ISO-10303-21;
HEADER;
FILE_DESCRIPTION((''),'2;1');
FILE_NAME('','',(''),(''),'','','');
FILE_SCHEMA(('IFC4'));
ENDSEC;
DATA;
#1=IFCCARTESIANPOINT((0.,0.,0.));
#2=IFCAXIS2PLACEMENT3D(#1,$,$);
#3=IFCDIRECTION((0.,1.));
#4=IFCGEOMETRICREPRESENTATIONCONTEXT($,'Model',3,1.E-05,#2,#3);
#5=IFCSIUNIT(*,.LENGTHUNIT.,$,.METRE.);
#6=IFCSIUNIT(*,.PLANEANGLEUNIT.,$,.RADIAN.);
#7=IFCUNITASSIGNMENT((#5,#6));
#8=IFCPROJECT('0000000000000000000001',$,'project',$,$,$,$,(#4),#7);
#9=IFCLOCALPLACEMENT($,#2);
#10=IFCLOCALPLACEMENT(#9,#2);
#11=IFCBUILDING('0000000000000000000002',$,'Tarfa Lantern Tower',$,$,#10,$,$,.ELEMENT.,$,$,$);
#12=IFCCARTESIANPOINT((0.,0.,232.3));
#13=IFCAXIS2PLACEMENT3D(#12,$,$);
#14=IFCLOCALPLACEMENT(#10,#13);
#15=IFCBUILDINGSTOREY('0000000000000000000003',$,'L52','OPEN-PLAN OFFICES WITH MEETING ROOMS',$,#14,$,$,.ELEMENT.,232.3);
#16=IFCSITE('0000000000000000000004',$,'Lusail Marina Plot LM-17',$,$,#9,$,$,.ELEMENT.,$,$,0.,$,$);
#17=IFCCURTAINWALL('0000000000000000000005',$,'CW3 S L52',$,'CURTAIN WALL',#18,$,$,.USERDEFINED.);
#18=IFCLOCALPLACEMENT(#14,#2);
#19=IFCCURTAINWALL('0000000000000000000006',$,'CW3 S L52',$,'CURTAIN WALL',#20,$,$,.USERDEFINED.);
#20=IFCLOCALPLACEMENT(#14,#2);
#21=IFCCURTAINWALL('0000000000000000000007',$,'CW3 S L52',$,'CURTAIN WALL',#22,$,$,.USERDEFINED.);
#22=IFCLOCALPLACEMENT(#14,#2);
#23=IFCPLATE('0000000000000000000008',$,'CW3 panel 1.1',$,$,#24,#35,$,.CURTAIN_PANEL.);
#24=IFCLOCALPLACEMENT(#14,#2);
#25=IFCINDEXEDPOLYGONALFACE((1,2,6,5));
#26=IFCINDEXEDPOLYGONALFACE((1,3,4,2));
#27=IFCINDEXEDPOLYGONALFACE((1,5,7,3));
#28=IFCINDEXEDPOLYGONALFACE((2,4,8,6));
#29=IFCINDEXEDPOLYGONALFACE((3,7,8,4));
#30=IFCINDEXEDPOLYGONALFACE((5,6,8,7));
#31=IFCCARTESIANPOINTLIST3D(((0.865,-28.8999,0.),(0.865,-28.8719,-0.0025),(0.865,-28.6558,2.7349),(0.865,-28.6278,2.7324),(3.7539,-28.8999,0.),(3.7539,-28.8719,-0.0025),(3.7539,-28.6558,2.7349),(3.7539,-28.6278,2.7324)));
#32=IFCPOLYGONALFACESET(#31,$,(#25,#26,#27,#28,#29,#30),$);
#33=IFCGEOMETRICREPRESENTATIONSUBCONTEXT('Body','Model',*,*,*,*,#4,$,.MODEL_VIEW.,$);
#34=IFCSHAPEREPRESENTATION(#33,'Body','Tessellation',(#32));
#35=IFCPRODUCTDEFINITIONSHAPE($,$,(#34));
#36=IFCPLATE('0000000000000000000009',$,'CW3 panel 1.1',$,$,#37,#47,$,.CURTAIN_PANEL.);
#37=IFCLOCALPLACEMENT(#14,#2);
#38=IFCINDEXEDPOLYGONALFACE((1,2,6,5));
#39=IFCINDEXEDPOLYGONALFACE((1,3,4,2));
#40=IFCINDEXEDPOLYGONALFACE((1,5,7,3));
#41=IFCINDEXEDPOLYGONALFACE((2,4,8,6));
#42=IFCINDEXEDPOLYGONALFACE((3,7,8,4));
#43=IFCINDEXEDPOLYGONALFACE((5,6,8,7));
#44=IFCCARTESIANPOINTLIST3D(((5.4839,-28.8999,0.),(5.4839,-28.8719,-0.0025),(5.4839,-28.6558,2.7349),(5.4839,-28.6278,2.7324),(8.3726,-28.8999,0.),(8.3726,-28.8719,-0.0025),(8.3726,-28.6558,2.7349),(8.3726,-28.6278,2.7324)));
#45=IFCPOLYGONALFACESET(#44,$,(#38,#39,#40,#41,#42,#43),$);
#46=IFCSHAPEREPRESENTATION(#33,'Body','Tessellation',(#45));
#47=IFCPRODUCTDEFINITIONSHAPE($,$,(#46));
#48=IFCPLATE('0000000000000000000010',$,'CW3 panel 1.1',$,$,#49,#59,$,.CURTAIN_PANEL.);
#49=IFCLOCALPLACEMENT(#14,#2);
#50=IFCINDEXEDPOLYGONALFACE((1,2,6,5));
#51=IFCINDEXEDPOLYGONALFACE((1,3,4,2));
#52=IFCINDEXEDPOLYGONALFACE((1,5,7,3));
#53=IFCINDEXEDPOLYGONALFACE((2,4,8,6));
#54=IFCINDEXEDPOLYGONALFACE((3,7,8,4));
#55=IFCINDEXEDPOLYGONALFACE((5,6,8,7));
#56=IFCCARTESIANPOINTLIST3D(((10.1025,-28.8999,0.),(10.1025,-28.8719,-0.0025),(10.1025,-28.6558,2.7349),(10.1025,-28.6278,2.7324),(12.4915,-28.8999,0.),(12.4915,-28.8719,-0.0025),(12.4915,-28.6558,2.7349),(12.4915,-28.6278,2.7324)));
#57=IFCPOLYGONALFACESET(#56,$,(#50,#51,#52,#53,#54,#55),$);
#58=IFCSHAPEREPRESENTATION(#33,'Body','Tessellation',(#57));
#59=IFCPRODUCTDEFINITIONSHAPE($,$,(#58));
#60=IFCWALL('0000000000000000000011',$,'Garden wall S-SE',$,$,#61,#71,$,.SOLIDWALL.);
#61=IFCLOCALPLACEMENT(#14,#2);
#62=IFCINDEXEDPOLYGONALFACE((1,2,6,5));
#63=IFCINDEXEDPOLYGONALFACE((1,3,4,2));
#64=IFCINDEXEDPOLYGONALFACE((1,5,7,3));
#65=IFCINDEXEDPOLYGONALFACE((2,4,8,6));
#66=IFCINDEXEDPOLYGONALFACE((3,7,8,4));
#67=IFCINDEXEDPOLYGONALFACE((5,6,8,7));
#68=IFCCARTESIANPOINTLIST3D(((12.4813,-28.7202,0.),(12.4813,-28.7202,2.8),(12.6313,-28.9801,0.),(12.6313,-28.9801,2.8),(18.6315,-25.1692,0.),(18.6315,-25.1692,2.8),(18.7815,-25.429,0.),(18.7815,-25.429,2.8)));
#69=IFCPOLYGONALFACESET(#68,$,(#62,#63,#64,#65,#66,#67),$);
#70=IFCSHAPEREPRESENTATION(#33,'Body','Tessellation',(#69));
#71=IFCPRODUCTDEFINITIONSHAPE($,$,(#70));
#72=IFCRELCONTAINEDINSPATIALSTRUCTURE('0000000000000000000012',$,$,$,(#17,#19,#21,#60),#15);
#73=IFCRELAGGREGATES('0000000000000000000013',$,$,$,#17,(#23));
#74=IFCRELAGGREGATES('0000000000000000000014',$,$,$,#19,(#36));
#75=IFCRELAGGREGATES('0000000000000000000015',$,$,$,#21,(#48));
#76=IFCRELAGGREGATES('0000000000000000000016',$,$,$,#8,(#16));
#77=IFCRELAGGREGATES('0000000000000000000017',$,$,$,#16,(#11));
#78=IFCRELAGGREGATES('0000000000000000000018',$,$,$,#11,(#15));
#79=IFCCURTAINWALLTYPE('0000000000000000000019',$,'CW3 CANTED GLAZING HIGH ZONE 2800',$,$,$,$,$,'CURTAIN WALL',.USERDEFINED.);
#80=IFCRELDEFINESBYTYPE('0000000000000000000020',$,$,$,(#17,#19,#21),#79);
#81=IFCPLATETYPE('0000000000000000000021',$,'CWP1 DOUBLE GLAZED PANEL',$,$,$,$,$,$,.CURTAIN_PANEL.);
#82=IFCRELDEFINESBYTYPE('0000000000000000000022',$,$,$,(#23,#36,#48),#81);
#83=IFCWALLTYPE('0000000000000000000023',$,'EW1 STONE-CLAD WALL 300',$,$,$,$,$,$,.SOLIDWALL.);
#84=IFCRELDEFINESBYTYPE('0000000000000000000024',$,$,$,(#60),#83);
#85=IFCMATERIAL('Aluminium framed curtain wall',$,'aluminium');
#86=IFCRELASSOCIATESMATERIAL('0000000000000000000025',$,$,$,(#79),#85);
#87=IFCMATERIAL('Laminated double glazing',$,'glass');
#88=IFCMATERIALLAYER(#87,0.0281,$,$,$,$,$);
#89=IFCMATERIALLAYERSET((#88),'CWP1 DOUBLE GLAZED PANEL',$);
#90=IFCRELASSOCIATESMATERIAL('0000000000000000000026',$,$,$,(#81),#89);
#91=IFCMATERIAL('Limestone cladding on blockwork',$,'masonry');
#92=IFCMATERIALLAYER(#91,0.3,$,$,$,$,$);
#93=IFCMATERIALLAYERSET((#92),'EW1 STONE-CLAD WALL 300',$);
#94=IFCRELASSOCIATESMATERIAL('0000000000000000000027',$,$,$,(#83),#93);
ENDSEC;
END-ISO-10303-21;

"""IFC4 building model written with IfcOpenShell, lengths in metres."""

from ifc_helpers import new_model, si_unit, direction, frame, frame_2d, origin, place, context, subcontext, project, spatial, polyline, rectangle, outline, extrude, material, layer, layer_set, type_object, element, aggregate, save


model = new_model("IFC4")

# Units and contexts
model_context = context("Model", 3, precision=1e-05, world=origin(), true_north=direction((0.0, 1.0)))
body_context = subcontext(model_context, "Body", "Model", "MODEL_VIEW")
ifc_project = project(units=[si_unit("LENGTHUNIT", "METRE"), si_unit("PLANEANGLEUNIT", "RADIAN")], contexts=[model_context])

# Site, building, storey
site_placement = place(None, origin())
site = spatial("IfcSite", under=ifc_project, at=site_placement, Name="Lusail Marina Plot LM-17", CompositionType="ELEMENT", RefElevation=0.0)
building_placement = place(site_placement, origin())
building = spatial("IfcBuilding", under=site, at=building_placement, Name="Tarfa Lantern Tower", CompositionType="ELEMENT")
storey_placement = place(building_placement, frame((0.0, 0.0, 232.3)))
storey = spatial("IfcBuildingStorey", under=building, at=storey_placement, Name="L52", Description="OPEN-PLAN OFFICES WITH MEETING ROOMS", CompositionType="ELEMENT", Elevation=232.3)

# Curtain walls
ifc_material_1 = material(Name="Aluminium framed curtain wall", Category="aluminium")
curtain_wall_type = type_object("IfcCurtainWallType", Name="CW3 CANTED GLAZING HIGH ZONE 2800", ElementType="CURTAIN WALL", PredefinedType="USERDEFINED", material=ifc_material_1)
curtain_wall_1_placement = place(storey_placement, origin())
curtain_wall_1 = element("IfcCurtainWall", 1, at=curtain_wall_1_placement, inside=storey, type_object=curtain_wall_type, Name="CW3 S L52", ObjectType="CURTAIN WALL", PredefinedType="USERDEFINED")
curtain_wall_2_placement = place(storey_placement, origin())
curtain_wall_2 = element("IfcCurtainWall", 2, at=curtain_wall_2_placement, inside=storey, type_object=curtain_wall_type, Name="CW3 S L52", ObjectType="CURTAIN WALL", PredefinedType="USERDEFINED")
curtain_wall_3_placement = place(storey_placement, origin())
curtain_wall_3 = element("IfcCurtainWall", 3, at=curtain_wall_3_placement, inside=storey, type_object=curtain_wall_type, Name="CW3 S L52", ObjectType="CURTAIN WALL", PredefinedType="USERDEFINED")

# Plates
ifc_material_2 = material(Name="Laminated double glazing", Category="glass")
ifc_layer_1 = layer(ifc_material_2, 0.0281)
ifc_layer_set_1 = layer_set([ifc_layer_1], Name="CWP1 DOUBLE GLAZED PANEL")
plate_type = type_object("IfcPlateType", Name="CWP1 DOUBLE GLAZED PANEL", PredefinedType="CURTAIN_PANEL", material=ifc_layer_set_1)
plate_1_placement = place(storey_placement, frame((0.865, -28.8999, 0.0), z_axis=(0.0, -0.996039, 0.088916), x_axis=(1.0, 0.0, 0.0)))
plate_1 = element("IfcPlate", 4, at=plate_1_placement, type_object=plate_type, Name="CW3 panel 1.1", PredefinedType="CURTAIN_PANEL", context=body_context, shape_type="SweptSolid", body=[
    extrude(outline(polyline([(0.0, 0.0), (2.8889, 0.0), (2.8889, 2.7457), (0.0, 2.7457), (0.0, 0.0)])), origin(), (0.0, 0.0, -1.0), 0.0281),
])
aggregate(curtain_wall_1, [plate_1])
plate_2_placement = place(storey_placement, frame((5.4839, -28.8999, 0.0), z_axis=(0.0, -0.996039, 0.088916), x_axis=(1.0, 0.0, 0.0)))
plate_2 = element("IfcPlate", 5, at=plate_2_placement, type_object=plate_type, Name="CW3 panel 1.1", PredefinedType="CURTAIN_PANEL", context=body_context, shape_type="SweptSolid", body=[
    extrude(outline(polyline([(0.0, 0.0), (2.8887, 0.0), (2.8887, 2.7457), (0.0, 2.7457), (0.0, 0.0)])), origin(), (0.0, 0.0, -1.0), 0.0281),
])
aggregate(curtain_wall_2, [plate_2])
plate_3_placement = place(storey_placement, frame((10.1025, -28.8999, 0.0), z_axis=(0.0, -0.996039, 0.088916), x_axis=(1.0, 0.0, 0.0)))
plate_3 = element("IfcPlate", 6, at=plate_3_placement, type_object=plate_type, Name="CW3 panel 1.1", PredefinedType="CURTAIN_PANEL", context=body_context, shape_type="SweptSolid", body=[
    extrude(outline(polyline([(0.0, 0.0), (2.3889, 0.0), (2.3889, 2.7457), (0.0, 2.7457), (0.0, 0.0)])), origin(), (0.0, 0.0, -1.0), 0.0281),
])
aggregate(curtain_wall_3, [plate_3])

# Wall
ifc_material_3 = material(Name="Limestone cladding on blockwork", Category="masonry")
ifc_layer_2 = layer(ifc_material_3, 0.3)
ifc_layer_set_2 = layer_set([ifc_layer_2], Name="EW1 STONE-CLAD WALL 300")
wall_type_1 = type_object("IfcWallType", Name="EW1 STONE-CLAD WALL 300", PredefinedType="SOLIDWALL", material=ifc_layer_set_2)
wall_1_placement = place(storey_placement, frame((12.5564, -28.8501, 0.0), z_axis=(0.0, 0.0, 1.0), x_axis=(0.866011, 0.500025, 0.0)))
element("IfcWall", 7, at=wall_1_placement, inside=storey, type_object=wall_type_1, Name="Garden wall S-SE", PredefinedType="SOLIDWALL", context=body_context, shape_type="SweptSolid", body=[
    extrude(rectangle(XDim=7.1018, YDim=0.3, at=frame_2d((3.5508, 0.0))), origin(), (0.0, 0.0, 1.0), 2.8),
])

save(model, "model.ifc")
